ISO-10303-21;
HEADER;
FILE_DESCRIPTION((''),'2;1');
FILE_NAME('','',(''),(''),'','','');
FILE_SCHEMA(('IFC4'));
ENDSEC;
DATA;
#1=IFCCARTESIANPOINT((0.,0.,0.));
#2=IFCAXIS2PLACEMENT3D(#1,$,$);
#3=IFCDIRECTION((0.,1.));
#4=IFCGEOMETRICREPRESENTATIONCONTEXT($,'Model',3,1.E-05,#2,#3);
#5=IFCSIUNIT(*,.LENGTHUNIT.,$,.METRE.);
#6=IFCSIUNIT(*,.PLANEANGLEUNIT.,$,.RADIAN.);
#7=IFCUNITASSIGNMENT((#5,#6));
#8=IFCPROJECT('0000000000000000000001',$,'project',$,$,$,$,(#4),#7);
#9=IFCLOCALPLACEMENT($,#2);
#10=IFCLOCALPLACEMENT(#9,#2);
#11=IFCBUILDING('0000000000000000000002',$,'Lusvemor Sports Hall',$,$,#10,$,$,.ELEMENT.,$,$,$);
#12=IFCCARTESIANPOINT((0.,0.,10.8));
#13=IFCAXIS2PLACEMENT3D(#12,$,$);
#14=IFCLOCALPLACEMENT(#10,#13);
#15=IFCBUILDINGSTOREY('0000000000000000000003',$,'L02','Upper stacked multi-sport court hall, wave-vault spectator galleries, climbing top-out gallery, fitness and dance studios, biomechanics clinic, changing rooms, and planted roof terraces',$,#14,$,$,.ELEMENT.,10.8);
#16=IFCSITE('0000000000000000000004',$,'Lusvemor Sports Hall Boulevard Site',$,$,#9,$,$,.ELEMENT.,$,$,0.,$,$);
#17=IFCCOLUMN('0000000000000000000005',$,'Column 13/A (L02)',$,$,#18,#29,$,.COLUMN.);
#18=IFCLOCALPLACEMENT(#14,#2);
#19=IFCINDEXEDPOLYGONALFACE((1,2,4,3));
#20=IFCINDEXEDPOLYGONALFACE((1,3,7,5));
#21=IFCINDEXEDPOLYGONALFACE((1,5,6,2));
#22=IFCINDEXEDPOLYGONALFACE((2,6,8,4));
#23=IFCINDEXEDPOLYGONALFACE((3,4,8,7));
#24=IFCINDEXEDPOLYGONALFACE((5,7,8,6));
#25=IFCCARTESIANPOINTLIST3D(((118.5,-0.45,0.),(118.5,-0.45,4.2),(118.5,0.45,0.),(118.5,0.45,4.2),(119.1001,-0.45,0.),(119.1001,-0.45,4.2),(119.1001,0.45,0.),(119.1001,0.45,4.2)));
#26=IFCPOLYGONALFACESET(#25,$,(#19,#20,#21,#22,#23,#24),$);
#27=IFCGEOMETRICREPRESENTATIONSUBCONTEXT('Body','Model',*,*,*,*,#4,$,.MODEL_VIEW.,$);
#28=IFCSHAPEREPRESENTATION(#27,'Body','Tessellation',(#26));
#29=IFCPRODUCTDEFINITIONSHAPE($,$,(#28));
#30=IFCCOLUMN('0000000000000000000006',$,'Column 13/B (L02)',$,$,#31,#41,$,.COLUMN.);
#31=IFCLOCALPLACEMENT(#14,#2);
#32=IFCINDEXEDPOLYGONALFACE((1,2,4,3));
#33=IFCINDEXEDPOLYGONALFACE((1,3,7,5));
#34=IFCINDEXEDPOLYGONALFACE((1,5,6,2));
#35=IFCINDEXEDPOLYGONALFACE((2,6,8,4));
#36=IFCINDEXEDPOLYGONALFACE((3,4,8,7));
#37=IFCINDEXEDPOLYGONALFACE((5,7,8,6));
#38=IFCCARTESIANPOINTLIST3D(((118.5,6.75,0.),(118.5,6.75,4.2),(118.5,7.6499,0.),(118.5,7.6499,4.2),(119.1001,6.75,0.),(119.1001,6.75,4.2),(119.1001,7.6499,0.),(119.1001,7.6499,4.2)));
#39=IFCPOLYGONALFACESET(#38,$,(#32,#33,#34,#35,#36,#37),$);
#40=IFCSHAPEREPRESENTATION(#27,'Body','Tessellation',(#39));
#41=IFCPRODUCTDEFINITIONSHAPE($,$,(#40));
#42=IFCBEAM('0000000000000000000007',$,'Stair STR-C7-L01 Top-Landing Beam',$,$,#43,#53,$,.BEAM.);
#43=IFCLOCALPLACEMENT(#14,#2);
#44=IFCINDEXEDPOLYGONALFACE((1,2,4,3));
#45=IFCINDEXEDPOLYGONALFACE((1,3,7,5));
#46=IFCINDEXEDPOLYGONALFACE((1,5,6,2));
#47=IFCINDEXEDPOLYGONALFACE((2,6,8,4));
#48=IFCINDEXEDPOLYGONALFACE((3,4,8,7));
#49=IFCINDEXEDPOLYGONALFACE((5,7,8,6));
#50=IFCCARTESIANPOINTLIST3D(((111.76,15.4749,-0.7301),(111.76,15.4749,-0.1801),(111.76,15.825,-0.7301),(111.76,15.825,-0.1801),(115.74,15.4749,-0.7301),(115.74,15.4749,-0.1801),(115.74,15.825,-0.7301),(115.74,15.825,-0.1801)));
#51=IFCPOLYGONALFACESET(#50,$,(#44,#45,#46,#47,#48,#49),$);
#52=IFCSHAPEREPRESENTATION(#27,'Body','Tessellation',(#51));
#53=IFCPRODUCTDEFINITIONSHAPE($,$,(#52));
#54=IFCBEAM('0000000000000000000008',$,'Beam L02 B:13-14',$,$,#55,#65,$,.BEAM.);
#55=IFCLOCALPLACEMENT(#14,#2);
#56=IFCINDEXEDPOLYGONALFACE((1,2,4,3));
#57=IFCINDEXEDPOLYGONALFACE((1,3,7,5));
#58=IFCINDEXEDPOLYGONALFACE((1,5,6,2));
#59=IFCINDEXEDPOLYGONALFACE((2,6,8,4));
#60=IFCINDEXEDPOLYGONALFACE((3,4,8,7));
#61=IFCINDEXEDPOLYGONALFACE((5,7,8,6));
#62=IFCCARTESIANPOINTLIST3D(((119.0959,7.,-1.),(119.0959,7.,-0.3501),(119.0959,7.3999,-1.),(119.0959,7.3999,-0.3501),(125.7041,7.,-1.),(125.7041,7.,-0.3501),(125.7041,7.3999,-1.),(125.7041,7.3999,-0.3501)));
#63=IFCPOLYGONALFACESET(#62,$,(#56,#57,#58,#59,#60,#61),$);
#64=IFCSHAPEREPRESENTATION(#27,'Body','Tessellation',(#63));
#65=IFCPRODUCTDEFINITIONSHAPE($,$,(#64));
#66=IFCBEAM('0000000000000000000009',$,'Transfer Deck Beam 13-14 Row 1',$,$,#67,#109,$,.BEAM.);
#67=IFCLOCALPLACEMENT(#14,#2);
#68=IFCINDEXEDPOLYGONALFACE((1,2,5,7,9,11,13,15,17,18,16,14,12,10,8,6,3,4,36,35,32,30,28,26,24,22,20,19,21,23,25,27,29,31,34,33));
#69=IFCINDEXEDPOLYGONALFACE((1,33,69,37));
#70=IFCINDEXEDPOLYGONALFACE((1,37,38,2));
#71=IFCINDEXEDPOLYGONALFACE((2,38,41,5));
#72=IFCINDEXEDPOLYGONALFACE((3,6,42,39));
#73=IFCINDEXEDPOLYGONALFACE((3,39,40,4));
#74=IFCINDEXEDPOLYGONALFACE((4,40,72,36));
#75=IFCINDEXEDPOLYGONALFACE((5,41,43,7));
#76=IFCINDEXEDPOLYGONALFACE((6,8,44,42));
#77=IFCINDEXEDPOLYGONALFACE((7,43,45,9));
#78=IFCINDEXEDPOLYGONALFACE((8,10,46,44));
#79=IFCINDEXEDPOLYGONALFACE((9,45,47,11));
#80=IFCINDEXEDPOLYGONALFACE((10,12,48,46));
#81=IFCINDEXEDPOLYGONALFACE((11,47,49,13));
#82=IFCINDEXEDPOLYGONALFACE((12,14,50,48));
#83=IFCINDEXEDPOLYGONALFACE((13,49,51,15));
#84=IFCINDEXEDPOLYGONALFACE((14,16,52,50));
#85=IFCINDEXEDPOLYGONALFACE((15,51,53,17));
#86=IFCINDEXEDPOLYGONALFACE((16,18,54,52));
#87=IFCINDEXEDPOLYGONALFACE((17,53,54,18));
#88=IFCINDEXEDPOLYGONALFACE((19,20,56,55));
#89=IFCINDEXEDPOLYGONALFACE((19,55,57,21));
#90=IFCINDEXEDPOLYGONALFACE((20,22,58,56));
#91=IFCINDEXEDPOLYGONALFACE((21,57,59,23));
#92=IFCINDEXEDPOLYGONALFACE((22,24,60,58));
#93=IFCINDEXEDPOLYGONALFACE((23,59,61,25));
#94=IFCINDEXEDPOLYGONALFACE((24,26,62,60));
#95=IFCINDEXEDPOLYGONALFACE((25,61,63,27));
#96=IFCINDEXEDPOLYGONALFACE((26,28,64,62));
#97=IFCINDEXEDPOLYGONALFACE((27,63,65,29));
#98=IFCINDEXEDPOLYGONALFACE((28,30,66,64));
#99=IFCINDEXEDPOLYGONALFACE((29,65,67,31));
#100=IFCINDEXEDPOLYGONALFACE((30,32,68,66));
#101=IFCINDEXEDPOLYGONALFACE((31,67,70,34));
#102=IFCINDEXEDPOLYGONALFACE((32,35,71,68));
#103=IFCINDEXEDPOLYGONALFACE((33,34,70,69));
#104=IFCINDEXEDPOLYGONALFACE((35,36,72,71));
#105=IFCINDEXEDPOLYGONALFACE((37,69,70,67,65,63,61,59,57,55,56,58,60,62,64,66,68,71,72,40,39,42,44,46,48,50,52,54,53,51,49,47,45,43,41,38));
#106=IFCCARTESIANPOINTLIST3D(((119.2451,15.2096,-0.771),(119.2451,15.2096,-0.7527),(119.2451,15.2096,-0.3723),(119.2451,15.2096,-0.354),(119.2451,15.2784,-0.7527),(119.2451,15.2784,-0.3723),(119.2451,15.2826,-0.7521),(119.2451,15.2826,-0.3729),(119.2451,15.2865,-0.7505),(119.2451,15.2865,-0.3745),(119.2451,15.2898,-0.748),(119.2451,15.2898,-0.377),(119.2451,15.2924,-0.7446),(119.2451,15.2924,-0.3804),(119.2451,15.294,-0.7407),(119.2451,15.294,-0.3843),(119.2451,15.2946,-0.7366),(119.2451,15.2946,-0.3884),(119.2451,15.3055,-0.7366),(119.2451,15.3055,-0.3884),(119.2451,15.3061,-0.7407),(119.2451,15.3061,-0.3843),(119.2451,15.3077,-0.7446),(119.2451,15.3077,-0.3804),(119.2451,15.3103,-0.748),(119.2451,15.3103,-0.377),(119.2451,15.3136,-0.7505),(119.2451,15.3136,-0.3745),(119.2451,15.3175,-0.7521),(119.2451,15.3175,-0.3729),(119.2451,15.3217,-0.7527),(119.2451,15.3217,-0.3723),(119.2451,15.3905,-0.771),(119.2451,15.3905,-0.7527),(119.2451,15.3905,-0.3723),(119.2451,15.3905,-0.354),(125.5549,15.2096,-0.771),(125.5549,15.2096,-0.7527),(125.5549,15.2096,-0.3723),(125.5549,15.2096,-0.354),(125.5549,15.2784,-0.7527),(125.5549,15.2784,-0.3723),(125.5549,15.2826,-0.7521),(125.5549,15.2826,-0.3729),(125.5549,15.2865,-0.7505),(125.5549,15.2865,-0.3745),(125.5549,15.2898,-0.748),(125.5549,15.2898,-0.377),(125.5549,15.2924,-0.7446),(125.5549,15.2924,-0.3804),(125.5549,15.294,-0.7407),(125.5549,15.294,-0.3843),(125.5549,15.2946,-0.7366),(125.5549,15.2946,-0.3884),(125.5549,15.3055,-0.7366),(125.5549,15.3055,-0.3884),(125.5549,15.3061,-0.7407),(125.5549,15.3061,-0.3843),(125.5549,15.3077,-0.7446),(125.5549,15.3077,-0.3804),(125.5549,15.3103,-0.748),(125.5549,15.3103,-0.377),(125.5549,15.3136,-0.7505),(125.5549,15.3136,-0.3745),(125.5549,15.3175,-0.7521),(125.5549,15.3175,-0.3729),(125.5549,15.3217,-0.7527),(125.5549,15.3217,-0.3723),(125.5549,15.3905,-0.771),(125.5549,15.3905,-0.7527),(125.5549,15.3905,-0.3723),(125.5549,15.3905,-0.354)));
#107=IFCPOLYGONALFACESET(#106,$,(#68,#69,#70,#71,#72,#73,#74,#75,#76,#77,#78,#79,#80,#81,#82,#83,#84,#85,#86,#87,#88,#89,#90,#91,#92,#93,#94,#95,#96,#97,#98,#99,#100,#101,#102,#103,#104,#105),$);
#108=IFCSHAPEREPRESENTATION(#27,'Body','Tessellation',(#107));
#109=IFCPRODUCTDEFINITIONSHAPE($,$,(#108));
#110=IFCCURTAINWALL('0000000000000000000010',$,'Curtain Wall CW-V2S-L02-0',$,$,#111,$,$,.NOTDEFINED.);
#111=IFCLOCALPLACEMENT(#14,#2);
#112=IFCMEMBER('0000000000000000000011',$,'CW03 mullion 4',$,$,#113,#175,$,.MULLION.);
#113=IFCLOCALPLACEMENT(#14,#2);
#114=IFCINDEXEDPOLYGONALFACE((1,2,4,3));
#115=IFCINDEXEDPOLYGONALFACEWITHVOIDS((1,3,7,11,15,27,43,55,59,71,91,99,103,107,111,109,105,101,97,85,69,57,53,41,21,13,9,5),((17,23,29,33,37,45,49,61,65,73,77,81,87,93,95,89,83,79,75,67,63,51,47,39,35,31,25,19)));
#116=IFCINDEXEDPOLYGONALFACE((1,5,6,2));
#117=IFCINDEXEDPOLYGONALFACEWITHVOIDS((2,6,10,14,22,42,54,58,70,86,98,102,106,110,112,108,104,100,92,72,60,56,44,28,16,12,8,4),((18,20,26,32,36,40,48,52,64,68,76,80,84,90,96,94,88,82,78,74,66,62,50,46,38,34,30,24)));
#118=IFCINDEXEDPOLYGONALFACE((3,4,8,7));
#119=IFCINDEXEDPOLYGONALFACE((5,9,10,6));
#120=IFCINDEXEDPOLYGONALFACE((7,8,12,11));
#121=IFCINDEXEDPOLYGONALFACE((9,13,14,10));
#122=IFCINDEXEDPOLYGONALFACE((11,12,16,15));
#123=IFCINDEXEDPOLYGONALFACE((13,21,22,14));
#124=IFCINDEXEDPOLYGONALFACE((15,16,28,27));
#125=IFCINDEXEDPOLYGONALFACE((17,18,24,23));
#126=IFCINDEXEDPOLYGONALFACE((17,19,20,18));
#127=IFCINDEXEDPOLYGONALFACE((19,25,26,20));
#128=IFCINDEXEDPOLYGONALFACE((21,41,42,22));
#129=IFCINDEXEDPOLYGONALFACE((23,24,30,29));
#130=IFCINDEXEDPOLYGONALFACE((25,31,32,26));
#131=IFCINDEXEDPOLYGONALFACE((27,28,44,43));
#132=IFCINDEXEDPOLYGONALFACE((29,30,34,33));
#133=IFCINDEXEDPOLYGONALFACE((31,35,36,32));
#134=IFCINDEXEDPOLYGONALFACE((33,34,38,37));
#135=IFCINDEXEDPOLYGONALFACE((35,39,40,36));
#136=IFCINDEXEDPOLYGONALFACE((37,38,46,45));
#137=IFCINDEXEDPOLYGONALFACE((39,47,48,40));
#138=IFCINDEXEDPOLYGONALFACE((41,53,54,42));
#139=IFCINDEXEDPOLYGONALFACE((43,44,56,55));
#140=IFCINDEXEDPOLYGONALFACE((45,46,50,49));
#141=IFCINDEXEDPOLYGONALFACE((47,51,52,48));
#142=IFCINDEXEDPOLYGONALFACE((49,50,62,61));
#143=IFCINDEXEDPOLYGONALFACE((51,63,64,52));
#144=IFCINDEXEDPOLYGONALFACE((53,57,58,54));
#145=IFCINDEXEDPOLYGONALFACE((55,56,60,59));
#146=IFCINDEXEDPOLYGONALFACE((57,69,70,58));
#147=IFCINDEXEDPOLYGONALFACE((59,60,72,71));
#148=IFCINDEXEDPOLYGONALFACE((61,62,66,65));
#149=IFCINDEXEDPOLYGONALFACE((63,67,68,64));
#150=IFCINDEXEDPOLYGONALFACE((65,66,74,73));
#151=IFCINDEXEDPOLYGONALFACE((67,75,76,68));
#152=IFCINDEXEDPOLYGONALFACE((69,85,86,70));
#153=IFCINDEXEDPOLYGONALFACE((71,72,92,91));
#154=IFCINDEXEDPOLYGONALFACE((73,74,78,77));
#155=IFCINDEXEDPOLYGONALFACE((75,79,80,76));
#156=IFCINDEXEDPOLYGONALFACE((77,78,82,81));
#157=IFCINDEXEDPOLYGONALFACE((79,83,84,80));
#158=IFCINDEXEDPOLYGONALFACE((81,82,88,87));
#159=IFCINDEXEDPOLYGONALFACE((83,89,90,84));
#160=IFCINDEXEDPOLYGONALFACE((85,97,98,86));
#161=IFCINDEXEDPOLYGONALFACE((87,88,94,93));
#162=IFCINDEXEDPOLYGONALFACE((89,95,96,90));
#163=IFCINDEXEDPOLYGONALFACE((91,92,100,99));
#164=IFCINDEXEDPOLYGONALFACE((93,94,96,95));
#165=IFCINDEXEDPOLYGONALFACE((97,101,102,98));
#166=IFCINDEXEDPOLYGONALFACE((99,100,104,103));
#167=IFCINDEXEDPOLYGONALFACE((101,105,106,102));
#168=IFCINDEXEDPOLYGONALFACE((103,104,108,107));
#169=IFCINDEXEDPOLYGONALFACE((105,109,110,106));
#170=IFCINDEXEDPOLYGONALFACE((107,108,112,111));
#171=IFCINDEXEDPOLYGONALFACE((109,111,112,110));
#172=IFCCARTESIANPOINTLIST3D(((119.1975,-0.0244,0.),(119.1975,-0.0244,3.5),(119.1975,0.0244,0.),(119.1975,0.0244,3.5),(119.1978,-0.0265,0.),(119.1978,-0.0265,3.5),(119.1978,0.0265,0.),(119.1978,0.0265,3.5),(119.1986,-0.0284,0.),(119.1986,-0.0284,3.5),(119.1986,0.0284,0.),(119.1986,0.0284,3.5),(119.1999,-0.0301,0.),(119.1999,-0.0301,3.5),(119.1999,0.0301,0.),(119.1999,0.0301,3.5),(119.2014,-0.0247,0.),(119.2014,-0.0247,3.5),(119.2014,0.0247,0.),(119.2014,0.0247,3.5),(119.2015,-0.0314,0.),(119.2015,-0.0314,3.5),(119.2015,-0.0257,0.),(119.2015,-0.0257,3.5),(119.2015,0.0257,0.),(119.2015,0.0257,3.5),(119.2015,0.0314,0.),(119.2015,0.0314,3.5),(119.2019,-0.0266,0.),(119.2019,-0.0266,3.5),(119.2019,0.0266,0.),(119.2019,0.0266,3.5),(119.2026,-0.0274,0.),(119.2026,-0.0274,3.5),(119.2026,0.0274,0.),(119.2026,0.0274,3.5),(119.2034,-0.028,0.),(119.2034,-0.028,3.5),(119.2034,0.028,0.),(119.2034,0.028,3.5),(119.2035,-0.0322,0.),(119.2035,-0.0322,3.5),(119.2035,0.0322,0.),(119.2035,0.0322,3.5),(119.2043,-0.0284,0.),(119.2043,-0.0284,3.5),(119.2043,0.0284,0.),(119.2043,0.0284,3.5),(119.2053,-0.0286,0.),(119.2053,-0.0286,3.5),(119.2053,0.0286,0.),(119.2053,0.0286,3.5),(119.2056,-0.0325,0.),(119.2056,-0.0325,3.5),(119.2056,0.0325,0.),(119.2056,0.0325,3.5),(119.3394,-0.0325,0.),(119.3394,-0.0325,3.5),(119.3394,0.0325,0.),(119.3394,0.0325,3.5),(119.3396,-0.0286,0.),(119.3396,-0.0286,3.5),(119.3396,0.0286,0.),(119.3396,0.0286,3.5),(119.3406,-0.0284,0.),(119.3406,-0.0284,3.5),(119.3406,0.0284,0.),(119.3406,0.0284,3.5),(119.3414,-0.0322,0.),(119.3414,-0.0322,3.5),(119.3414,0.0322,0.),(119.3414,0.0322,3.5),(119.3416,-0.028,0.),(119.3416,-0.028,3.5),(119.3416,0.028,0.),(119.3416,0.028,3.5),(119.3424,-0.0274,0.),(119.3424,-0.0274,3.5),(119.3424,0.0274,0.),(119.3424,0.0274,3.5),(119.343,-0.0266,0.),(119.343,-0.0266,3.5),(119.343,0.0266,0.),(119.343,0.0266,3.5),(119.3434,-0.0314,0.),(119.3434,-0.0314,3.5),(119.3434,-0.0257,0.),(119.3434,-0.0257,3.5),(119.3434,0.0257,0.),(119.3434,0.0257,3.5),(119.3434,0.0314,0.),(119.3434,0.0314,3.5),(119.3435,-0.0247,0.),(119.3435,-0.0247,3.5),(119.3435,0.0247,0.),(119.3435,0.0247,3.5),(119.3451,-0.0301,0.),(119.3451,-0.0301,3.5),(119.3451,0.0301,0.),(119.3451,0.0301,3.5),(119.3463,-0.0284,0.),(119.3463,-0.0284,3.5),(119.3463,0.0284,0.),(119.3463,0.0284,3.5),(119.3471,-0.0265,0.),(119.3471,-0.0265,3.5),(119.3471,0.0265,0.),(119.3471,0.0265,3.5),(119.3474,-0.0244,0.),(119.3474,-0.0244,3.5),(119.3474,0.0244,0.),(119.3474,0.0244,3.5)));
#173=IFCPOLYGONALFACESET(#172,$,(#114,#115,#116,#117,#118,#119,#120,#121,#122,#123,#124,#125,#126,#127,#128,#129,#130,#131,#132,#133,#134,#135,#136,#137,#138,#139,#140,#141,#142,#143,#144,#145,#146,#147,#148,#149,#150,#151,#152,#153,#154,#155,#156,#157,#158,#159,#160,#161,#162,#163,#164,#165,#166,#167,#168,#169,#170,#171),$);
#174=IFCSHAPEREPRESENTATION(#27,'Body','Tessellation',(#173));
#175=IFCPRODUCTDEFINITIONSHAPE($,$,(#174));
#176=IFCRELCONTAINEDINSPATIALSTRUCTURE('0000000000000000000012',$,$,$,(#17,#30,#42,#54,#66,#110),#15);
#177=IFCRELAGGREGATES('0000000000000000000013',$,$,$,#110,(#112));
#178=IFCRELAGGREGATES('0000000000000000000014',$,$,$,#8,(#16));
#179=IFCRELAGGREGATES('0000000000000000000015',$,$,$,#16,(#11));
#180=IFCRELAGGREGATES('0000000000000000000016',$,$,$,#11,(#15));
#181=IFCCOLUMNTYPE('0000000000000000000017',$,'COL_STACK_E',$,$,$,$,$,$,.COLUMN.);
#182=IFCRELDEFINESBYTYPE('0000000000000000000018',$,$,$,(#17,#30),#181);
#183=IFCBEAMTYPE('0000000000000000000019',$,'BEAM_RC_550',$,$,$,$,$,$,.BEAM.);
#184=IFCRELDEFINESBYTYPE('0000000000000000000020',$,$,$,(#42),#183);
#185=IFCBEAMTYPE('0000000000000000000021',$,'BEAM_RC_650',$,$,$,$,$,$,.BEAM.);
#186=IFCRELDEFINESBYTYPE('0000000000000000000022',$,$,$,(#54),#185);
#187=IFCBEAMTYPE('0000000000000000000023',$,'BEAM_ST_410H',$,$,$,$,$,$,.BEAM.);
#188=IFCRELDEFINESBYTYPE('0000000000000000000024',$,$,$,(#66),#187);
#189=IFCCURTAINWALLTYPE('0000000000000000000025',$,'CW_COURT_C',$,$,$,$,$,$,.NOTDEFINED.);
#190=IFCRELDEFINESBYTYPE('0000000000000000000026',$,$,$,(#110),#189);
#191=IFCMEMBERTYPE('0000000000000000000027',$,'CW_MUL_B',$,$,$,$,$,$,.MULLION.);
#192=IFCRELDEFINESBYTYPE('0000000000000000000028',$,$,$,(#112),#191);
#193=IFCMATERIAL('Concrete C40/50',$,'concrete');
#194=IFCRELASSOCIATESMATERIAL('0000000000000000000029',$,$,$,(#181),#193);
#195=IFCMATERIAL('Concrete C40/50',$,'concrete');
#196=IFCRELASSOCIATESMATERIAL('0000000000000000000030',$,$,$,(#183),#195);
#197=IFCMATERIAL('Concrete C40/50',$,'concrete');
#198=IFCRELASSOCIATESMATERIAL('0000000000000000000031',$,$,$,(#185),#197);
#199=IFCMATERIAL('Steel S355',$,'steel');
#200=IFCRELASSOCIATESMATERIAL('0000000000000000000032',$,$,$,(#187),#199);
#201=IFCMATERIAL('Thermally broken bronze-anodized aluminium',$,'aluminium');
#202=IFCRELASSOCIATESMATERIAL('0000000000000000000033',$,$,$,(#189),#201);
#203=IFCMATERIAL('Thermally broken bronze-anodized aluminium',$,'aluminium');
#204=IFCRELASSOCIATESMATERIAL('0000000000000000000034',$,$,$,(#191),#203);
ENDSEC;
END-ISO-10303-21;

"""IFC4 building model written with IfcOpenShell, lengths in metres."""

from ifc_helpers import new_model, si_unit, direction, frame, origin, origin_2d, place, context, subcontext, project, spatial, rectangle, hollow_rectangle, i_section, extrude, material, material_profile, profile_set, type_object, element, aggregate, save


model = new_model("IFC4")

# Units and contexts
model_context = context("Model", 3, precision=1e-05, world=origin(), true_north=direction((0.0, 1.0)))
body_context = subcontext(model_context, "Body", "Model", "MODEL_VIEW")
ifc_project = project(units=[si_unit("LENGTHUNIT", "METRE"), si_unit("PLANEANGLEUNIT", "RADIAN")], contexts=[model_context])

# Site, building, storey
site_placement = place(None, origin())
site = spatial("IfcSite", under=ifc_project, at=site_placement, Name="Lusvemor Sports Hall Boulevard Site", CompositionType="ELEMENT", RefElevation=0.0)
building_placement = place(site_placement, origin())
building = spatial("IfcBuilding", under=site, at=building_placement, Name="Lusvemor Sports Hall", CompositionType="ELEMENT")
storey_placement = place(building_placement, frame((0.0, 0.0, 10.8)))
storey = spatial("IfcBuildingStorey", under=building, at=storey_placement, Name="L02", Description="Upper stacked multi-sport court hall, wave-vault spectator galleries, climbing top-out gallery, fitness and dance studios, biomechanics clinic, changing rooms, and planted roof terraces", CompositionType="ELEMENT", Elevation=10.8)

# Columns
ifc_material_1 = material(Name="Concrete C40/50", Category="concrete")
ifc_material_profile_1 = material_profile(ifc_material_1, rectangle(XDim=0.6001, YDim=0.8999, at=origin_2d()), Name="RC600x900")
ifc_profile_set_1 = profile_set([ifc_material_profile_1], Name="Concrete C40/50")
column_type = type_object("IfcColumnType", Name="COL_STACK_E", PredefinedType="COLUMN", material=ifc_profile_set_1)
for number, where, z_axis, x_axis, name in (
    (1, (118.8, 0.0, 0.0), (0.0, 0.0, 1.0), (1.0, 0.0, 0.0), "Column 13/A (L02)"),
    (2, (118.8, 7.2, 0.0), (0.0, 0.0, 1.0), (1.0, 0.0, 0.0), "Column 13/B (L02)"),
):
    element("IfcColumn", number, at=place(storey_placement, frame(where, z_axis=z_axis, x_axis=x_axis)), inside=storey, type_object=column_type, Name=name, PredefinedType="COLUMN", context=body_context, shape_type="SweptSolid", body=[
        extrude(rectangle(XDim=0.6001, YDim=0.8999, at=origin_2d()), origin(), (0.0, 0.0, 1.0), 4.2),
    ])

# Beams
ifc_material_2 = material(Name="Concrete C40/50", Category="concrete")
ifc_material_profile_2 = material_profile(ifc_material_2, rectangle(XDim=0.3501, YDim=0.55, at=origin_2d()), Name="RC350x550")
ifc_profile_set_2 = profile_set([ifc_material_profile_2], Name="Concrete C40/50")
beam_type_1 = type_object("IfcBeamType", Name="BEAM_RC_550", PredefinedType="BEAM", material=ifc_profile_set_2)
beam_1_placement = place(storey_placement, frame((111.76, 15.6499, -0.4551), z_axis=(1.0, 0.0, 0.0), x_axis=(0.0, 1.0, 0.0)))
element("IfcBeam", 3, at=beam_1_placement, inside=storey, type_object=beam_type_1, Name="Stair STR-C7-L01 Top-Landing Beam", PredefinedType="BEAM", context=body_context, shape_type="SweptSolid", body=[
    extrude(rectangle(XDim=0.3501, YDim=0.55, at=origin_2d()), origin(), (0.0, 0.0, 1.0), 3.98),
])
ifc_material_3 = material(Name="Concrete C40/50", Category="concrete")
ifc_material_profile_3 = material_profile(ifc_material_3, rectangle(XDim=0.3999, YDim=0.6499, at=origin_2d()), Name="RC400x650")
ifc_profile_set_3 = profile_set([ifc_material_profile_3], Name="Concrete C40/50")
beam_type_2 = type_object("IfcBeamType", Name="BEAM_RC_650", PredefinedType="BEAM", material=ifc_profile_set_3)
beam_2_placement = place(storey_placement, frame((119.0959, 7.2, -0.675), z_axis=(1.0, 0.0, 0.0), x_axis=(0.0, 1.0, 0.0)))
element("IfcBeam", 4, at=beam_2_placement, inside=storey, type_object=beam_type_2, Name="Beam L02 B:13-14", PredefinedType="BEAM", context=body_context, shape_type="SweptSolid", body=[
    extrude(rectangle(XDim=0.3999, YDim=0.6499, at=origin_2d()), origin(), (0.0, 0.0, 1.0), 6.6082),
])
ifc_material_4 = material(Name="Steel S355", Category="steel")
ifc_material_profile_4 = material_profile(ifc_material_4, i_section(OverallWidth=0.1809, OverallDepth=0.417, WebThickness=0.011, FlangeThickness=0.0183, FilletRadius=0.0161, at=origin_2d()), Name="W410x85.0")
ifc_profile_set_4 = profile_set([ifc_material_profile_4], Name="Steel S355")
beam_type_3 = type_object("IfcBeamType", Name="BEAM_ST_410H", PredefinedType="BEAM", material=ifc_profile_set_4)
beam_3_placement = place(storey_placement, frame((119.2451, 15.3, -0.5625), z_axis=(1.0, 0.0, 0.0), x_axis=(0.0, 1.0, 0.0)))
element("IfcBeam", 5, at=beam_3_placement, inside=storey, type_object=beam_type_3, Name="Transfer Deck Beam 13-14 Row 1", PredefinedType="BEAM", context=body_context, shape_type="SweptSolid", body=[
    extrude(i_section(OverallWidth=0.1809, OverallDepth=0.417, WebThickness=0.011, FlangeThickness=0.0183, FilletRadius=0.0161, at=origin_2d()), origin(), (0.0, 0.0, 1.0), 6.3098),
])

# Curtain wall, member
ifc_material_5 = material(Name="Thermally broken bronze-anodized aluminium", Category="aluminium")
curtain_wall_type = type_object("IfcCurtainWallType", Name="CW_COURT_C", PredefinedType="NOTDEFINED", material=ifc_material_5)
curtain_wall_placement = place(storey_placement, origin())
curtain_wall = element("IfcCurtainWall", 6, at=curtain_wall_placement, inside=storey, type_object=curtain_wall_type, Name="Curtain Wall CW-V2S-L02-0", PredefinedType="NOTDEFINED")
ifc_material_6 = material(Name="Thermally broken bronze-anodized aluminium", Category="aluminium")
ifc_material_profile_5 = material_profile(ifc_material_6, hollow_rectangle(XDim=0.0649, YDim=0.1499, WallThickness=0.0039, InnerFilletRadius=0.0039, OuterFilletRadius=0.0081, at=origin_2d()), Name="CWMUL150x65x4")
ifc_profile_set_5 = profile_set([ifc_material_profile_5], Name="Thermally broken bronze-anodized aluminium")
member_type = type_object("IfcMemberType", Name="CW_MUL_B", PredefinedType="MULLION", material=ifc_profile_set_5)
member_placement = place(storey_placement, frame((119.2725, 0.0, 0.0), z_axis=(0.0, 0.0, 1.0), x_axis=(0.0, -1.0, 0.0)))
member = element("IfcMember", 7, at=member_placement, type_object=member_type, Name="CW03 mullion 4", PredefinedType="MULLION", context=body_context, shape_type="SweptSolid", body=[
    extrude(hollow_rectangle(XDim=0.0649, YDim=0.1499, WallThickness=0.0039, InnerFilletRadius=0.0039, OuterFilletRadius=0.0081, at=origin_2d()), origin(), (0.0, 0.0, 1.0), 3.5),
])

aggregate(curtain_wall, [member])

save(model, "model.ifc")
